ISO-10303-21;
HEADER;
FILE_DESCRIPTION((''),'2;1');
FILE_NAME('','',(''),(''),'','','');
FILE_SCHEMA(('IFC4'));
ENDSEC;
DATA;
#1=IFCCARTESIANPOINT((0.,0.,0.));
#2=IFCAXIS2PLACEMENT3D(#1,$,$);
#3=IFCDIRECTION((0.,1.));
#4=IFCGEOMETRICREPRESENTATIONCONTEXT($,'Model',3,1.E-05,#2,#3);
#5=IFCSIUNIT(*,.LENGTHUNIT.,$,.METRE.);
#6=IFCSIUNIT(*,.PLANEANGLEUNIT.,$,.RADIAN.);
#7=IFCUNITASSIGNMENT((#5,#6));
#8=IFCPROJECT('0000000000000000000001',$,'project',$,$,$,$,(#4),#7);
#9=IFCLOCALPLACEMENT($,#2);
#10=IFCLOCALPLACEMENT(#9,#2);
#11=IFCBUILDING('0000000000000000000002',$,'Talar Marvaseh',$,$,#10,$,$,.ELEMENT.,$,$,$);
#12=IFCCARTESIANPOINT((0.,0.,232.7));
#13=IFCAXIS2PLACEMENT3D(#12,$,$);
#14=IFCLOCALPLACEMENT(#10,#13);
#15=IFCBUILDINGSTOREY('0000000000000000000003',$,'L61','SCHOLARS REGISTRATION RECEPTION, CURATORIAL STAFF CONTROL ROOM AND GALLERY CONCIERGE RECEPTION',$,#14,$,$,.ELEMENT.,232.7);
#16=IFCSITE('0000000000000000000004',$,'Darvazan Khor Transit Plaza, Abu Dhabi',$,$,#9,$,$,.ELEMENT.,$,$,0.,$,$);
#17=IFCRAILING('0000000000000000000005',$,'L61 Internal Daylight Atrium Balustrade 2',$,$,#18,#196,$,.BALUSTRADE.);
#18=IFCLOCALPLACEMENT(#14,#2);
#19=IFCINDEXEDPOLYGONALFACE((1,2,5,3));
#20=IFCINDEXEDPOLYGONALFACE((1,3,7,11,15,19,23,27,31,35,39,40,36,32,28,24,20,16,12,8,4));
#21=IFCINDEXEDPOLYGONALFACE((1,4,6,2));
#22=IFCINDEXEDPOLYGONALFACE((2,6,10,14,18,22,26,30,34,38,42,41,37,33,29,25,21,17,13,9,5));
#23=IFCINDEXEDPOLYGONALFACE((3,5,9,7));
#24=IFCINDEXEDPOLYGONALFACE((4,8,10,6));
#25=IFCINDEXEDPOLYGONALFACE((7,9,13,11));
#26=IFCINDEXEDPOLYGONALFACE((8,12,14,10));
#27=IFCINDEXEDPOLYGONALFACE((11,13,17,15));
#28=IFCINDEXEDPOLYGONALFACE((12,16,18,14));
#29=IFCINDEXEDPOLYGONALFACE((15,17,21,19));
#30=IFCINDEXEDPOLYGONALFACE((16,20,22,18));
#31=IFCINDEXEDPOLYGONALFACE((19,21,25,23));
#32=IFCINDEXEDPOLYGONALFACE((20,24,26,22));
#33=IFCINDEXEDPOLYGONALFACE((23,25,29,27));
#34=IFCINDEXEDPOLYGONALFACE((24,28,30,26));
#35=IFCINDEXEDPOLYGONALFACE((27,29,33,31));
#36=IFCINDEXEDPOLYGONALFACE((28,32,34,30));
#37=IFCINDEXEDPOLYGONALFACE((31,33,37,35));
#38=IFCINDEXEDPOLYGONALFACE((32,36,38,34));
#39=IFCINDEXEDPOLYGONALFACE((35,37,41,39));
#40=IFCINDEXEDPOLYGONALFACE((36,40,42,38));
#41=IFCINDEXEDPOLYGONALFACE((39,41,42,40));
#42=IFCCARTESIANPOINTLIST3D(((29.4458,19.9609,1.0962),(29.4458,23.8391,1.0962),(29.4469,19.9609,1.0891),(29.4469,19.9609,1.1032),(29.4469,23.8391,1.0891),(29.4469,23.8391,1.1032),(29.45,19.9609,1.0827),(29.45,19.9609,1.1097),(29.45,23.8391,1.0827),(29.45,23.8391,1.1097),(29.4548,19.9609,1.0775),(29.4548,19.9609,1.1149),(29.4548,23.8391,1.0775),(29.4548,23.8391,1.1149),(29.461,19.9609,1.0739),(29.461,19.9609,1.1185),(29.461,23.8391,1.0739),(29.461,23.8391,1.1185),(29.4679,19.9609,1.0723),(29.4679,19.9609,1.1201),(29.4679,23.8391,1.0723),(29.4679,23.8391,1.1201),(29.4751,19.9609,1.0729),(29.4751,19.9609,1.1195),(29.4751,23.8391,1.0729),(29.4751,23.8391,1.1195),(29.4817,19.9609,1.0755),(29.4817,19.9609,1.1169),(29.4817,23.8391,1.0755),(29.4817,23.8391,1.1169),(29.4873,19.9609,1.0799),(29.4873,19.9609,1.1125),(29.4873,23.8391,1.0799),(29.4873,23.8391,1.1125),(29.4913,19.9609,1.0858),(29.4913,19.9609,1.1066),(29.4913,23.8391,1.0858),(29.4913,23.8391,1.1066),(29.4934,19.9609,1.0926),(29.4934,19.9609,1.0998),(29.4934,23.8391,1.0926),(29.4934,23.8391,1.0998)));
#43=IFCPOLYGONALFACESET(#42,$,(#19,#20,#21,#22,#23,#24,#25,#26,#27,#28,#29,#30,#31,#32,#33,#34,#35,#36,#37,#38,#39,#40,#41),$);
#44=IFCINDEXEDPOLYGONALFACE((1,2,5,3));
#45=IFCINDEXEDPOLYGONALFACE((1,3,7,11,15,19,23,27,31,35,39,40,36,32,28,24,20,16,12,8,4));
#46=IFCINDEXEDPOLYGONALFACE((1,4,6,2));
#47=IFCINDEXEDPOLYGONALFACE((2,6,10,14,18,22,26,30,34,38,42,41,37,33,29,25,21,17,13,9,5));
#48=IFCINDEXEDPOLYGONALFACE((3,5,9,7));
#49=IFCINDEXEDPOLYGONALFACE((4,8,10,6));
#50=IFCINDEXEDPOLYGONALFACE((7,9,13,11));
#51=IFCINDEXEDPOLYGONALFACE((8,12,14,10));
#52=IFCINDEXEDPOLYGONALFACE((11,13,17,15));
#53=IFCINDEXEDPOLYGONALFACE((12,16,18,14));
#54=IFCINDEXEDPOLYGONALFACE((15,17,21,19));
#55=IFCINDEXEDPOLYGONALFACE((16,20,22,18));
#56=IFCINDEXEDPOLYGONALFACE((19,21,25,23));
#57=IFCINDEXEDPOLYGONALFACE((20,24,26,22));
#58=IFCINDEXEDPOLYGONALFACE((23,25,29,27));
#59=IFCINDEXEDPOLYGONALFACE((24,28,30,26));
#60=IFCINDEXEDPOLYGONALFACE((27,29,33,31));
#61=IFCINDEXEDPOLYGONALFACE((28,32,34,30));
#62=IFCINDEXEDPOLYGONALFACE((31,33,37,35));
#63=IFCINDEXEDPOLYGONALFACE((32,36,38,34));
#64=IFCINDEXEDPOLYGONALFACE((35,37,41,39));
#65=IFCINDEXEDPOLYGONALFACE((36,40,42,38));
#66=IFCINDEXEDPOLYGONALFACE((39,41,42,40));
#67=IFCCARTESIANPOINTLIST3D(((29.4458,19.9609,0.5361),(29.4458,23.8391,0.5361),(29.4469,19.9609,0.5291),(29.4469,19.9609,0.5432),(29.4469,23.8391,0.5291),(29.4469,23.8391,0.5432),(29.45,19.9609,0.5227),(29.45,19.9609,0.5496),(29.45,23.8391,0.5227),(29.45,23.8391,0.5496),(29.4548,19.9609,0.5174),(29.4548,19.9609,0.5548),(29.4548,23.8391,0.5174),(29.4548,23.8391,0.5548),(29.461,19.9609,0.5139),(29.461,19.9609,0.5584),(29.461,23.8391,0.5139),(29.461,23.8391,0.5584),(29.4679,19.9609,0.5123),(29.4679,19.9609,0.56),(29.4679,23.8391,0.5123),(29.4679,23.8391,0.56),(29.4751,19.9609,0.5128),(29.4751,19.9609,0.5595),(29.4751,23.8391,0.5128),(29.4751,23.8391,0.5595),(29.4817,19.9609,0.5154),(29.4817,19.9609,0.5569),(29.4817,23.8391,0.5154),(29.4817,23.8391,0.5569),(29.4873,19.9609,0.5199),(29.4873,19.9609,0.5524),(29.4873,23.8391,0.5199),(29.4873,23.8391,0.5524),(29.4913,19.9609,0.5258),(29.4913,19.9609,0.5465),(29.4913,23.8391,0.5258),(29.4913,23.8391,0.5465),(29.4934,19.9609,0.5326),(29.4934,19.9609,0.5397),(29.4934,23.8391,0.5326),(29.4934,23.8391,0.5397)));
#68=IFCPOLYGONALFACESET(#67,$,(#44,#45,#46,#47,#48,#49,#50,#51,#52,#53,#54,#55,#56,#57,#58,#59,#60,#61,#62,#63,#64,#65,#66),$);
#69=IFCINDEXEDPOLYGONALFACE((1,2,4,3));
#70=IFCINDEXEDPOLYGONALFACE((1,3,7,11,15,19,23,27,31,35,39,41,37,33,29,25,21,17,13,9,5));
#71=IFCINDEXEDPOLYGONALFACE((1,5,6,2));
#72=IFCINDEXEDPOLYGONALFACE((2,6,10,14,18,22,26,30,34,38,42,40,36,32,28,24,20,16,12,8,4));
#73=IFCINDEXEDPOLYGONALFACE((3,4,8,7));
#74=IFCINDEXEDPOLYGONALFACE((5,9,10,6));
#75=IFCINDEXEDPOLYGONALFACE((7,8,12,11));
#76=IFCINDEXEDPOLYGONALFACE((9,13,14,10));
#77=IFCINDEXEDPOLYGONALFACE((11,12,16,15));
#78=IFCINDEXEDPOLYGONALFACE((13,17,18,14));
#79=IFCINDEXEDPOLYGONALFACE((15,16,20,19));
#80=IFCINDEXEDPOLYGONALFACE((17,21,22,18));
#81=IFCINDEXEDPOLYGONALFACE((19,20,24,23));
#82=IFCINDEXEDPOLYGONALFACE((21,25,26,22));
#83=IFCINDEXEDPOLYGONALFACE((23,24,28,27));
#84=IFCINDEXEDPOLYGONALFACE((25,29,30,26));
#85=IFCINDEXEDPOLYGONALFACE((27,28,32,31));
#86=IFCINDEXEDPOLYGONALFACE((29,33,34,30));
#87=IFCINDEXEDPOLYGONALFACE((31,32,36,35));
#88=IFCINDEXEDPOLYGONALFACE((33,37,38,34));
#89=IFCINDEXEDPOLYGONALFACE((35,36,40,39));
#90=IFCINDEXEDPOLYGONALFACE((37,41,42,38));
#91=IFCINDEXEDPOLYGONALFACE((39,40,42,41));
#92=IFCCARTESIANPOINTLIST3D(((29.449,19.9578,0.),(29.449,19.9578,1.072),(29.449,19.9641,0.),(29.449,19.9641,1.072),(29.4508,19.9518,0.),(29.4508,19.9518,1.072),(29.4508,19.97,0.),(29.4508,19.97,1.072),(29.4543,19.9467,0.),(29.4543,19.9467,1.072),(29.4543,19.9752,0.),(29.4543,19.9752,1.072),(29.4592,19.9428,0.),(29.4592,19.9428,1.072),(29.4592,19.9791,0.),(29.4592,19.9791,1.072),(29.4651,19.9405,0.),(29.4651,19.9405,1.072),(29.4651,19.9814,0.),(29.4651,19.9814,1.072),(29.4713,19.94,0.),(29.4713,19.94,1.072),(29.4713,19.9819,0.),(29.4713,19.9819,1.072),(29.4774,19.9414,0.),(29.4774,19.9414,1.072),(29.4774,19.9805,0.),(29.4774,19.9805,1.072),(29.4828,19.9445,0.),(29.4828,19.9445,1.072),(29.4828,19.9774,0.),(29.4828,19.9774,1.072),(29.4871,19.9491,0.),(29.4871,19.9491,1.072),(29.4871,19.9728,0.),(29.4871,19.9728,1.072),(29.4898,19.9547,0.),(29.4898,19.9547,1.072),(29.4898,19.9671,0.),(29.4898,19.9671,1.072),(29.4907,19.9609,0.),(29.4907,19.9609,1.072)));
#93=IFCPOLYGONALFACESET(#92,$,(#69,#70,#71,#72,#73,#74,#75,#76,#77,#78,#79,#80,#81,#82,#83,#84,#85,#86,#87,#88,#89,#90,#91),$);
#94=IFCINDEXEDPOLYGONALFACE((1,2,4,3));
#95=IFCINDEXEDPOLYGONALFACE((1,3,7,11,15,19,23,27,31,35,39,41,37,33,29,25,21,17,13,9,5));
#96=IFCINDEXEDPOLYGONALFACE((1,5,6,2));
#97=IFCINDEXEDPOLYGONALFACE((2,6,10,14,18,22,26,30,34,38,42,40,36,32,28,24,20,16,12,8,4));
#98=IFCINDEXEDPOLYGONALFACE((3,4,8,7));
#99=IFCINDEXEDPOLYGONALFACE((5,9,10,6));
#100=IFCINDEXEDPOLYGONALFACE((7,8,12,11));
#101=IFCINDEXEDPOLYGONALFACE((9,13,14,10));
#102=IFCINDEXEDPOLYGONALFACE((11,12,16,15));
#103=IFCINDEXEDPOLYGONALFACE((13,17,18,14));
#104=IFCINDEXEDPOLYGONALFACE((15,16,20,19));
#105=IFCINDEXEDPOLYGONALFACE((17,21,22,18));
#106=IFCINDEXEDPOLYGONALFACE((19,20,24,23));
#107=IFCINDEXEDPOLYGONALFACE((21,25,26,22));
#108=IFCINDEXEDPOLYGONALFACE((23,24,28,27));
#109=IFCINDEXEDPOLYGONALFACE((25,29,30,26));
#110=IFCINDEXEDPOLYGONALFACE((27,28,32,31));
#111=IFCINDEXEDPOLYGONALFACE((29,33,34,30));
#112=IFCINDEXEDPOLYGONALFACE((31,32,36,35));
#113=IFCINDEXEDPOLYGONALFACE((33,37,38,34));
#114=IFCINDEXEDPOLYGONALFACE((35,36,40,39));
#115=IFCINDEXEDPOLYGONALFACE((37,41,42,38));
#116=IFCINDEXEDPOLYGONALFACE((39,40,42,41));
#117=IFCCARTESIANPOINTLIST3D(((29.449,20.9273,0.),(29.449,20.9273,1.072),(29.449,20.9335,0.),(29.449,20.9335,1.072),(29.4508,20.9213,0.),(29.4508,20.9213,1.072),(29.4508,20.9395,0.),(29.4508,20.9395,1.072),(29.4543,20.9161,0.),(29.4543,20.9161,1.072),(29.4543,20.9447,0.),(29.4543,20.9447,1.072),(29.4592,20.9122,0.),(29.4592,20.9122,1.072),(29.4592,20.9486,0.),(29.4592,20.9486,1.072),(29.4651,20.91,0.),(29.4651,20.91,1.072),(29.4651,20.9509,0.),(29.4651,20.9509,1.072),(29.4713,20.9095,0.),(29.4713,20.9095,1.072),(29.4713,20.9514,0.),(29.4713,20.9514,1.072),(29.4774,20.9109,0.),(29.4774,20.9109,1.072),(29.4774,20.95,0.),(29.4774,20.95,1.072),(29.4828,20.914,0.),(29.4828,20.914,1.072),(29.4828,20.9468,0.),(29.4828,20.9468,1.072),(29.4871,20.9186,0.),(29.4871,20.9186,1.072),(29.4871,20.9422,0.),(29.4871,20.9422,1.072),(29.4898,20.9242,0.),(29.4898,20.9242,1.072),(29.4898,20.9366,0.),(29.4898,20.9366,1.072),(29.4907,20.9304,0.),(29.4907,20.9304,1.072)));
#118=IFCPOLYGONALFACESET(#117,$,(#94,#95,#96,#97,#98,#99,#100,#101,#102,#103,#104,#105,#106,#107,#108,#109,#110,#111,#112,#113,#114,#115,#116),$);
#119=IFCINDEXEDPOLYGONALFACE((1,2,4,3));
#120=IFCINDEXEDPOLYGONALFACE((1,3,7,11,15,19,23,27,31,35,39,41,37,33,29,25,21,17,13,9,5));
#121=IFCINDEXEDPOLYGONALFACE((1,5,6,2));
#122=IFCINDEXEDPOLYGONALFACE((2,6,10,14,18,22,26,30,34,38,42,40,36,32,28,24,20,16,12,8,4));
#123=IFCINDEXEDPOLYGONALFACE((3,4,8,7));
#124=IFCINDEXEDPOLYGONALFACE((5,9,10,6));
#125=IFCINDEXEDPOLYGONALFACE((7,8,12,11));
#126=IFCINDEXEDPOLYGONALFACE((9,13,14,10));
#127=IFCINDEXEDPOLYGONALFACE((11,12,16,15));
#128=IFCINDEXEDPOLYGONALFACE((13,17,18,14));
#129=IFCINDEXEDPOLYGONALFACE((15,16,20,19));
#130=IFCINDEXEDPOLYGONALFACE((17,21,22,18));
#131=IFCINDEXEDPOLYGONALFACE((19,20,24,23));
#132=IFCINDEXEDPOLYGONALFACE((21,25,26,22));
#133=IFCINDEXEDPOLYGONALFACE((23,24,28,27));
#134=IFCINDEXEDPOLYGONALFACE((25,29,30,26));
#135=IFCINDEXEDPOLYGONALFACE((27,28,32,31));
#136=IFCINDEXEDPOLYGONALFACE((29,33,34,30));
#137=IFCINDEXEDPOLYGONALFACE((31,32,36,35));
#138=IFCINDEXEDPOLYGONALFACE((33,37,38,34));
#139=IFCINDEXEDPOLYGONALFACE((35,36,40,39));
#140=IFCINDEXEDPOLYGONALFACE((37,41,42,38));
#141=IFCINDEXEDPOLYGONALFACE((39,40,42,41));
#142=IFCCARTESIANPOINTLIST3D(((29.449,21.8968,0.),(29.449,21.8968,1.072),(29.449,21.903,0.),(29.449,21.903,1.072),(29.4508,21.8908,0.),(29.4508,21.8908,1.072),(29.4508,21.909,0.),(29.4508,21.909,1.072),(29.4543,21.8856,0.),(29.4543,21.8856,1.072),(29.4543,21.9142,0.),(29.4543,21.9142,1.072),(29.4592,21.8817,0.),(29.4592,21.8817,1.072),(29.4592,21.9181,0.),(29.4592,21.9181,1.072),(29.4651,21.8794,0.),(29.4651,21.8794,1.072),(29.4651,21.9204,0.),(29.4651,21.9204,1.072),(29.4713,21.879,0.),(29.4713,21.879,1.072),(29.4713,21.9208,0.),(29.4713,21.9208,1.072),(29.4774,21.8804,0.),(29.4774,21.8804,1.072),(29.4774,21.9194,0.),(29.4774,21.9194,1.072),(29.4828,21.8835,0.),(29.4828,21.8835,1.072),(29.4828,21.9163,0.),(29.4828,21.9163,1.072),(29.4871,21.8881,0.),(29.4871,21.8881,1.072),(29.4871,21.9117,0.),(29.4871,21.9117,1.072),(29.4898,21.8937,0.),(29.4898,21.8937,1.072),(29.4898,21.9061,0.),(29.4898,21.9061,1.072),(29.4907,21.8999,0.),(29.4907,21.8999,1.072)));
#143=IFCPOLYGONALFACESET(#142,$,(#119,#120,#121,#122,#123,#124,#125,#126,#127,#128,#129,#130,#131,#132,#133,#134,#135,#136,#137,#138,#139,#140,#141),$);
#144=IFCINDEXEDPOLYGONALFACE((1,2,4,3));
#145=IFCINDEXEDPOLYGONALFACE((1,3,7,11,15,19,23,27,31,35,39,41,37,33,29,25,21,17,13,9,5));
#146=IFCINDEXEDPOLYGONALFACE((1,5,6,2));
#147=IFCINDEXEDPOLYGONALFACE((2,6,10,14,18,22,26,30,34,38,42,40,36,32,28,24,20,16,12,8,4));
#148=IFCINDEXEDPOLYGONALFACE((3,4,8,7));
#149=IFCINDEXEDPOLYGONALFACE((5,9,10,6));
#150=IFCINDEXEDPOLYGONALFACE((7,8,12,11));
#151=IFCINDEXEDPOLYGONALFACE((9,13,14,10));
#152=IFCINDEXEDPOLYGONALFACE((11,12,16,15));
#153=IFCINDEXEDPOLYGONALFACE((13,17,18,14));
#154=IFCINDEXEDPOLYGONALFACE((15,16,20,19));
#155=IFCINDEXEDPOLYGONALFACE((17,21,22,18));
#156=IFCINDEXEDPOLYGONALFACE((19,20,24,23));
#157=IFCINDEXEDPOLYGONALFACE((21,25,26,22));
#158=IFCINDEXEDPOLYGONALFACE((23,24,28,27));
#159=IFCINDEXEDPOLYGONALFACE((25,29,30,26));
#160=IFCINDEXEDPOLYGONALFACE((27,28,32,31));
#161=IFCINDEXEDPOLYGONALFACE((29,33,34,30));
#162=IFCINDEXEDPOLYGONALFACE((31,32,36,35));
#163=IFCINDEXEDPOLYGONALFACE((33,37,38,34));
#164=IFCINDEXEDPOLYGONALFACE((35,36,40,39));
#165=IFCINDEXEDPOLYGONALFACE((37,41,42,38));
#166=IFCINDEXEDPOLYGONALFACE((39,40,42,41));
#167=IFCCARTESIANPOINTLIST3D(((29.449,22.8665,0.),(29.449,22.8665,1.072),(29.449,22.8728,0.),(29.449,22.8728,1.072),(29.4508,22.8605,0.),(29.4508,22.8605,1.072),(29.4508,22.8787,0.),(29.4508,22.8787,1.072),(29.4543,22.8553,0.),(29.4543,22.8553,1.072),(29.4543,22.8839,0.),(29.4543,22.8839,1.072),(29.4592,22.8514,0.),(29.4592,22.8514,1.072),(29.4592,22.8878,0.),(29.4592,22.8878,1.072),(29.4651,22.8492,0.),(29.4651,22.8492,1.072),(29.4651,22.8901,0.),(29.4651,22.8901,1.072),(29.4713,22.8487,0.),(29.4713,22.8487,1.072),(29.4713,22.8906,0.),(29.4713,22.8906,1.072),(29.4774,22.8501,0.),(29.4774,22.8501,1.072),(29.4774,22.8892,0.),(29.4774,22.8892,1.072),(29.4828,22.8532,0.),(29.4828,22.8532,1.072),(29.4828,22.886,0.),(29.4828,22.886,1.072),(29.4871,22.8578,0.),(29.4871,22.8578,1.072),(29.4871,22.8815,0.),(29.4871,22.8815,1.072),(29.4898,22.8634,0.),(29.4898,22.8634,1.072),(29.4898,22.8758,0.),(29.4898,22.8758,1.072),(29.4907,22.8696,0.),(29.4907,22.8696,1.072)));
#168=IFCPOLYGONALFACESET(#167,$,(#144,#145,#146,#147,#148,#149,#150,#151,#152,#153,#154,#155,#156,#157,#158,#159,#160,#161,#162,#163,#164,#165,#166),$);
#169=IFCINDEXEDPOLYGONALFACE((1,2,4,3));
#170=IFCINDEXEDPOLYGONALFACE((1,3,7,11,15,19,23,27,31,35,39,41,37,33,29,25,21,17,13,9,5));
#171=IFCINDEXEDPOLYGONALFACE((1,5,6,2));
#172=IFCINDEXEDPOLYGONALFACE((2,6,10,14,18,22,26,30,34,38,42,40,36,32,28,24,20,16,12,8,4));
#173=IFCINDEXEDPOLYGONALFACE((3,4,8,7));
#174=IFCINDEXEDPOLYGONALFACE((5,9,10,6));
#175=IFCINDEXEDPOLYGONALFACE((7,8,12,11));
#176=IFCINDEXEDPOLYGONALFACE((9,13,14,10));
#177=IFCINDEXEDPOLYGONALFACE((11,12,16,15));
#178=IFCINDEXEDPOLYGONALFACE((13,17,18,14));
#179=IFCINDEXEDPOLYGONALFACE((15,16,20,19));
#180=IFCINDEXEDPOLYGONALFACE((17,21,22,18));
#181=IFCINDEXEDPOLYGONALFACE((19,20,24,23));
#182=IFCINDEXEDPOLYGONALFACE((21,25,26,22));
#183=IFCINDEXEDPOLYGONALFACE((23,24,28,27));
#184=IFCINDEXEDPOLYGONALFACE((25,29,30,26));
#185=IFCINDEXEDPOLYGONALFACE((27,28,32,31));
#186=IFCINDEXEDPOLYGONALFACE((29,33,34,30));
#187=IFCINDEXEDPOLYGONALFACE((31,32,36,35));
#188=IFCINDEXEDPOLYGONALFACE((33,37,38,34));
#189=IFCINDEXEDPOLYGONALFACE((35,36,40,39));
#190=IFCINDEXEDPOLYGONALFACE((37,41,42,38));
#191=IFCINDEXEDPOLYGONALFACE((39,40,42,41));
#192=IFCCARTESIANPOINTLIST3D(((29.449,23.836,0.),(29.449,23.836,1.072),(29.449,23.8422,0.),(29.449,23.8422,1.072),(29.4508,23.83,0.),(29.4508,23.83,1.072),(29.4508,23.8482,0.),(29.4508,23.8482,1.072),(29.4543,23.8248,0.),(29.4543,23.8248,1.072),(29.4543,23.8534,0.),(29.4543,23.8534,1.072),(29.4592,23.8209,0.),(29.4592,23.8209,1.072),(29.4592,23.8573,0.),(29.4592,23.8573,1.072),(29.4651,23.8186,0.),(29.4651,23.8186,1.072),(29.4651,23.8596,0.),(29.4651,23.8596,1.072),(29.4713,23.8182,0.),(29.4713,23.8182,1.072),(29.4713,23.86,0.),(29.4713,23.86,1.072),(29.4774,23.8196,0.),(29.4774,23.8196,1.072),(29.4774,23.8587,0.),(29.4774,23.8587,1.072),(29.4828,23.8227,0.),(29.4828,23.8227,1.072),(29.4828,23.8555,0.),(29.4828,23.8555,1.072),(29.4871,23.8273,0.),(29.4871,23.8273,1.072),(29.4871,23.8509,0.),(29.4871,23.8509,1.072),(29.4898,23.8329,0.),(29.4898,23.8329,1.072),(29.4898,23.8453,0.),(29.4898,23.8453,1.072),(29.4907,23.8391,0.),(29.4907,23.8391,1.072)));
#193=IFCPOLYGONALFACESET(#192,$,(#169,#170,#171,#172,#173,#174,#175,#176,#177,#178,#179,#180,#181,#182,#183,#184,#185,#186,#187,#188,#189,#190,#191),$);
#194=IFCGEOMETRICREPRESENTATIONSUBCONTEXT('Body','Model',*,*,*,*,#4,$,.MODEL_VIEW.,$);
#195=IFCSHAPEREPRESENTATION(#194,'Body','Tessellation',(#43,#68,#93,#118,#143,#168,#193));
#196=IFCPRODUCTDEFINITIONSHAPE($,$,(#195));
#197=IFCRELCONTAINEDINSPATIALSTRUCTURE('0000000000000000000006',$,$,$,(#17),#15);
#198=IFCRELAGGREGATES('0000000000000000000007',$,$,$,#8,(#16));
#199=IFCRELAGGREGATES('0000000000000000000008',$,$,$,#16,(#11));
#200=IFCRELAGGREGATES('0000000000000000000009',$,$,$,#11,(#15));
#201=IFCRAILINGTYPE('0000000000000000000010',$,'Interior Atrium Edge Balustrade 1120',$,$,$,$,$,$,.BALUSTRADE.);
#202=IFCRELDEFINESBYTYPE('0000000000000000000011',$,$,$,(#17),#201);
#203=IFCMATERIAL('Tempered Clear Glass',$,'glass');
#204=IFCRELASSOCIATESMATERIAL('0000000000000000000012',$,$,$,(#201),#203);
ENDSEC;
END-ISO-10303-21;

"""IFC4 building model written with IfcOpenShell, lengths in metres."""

from ifc_helpers import new_model, si_unit, direction, frame, origin, origin_2d, place, context, subcontext, project, spatial, circle, extrude, material, type_object, element, save


model = new_model("IFC4")

# Units and contexts
model_context = context("Model", 3, precision=1e-05, world=origin(), true_north=direction((0.0, 1.0)))
body_context = subcontext(model_context, "Body", "Model", "MODEL_VIEW")
ifc_project = project(units=[si_unit("LENGTHUNIT", "METRE"), si_unit("PLANEANGLEUNIT", "RADIAN")], contexts=[model_context])

# Site, building, storey
site_placement = place(None, origin())
site = spatial("IfcSite", under=ifc_project, at=site_placement, Name="Darvazan Khor Transit Plaza, Abu Dhabi", CompositionType="ELEMENT", RefElevation=0.0)
building_placement = place(site_placement, origin())
building = spatial("IfcBuilding", under=site, at=building_placement, Name="Talar Marvaseh", CompositionType="ELEMENT")
storey_placement = place(building_placement, frame((0.0, 0.0, 232.7)))
storey = spatial("IfcBuildingStorey", under=building, at=storey_placement, Name="L61", Description="SCHOLARS REGISTRATION RECEPTION, CURATORIAL STAFF CONTROL ROOM AND GALLERY CONCIERGE RECEPTION", CompositionType="ELEMENT", Elevation=232.7)

# Railing
ifc_material_1 = material(Name="Tempered Clear Glass", Category="glass")
railing_type = type_object("IfcRailingType", Name="Interior Atrium Edge Balustrade 1120", PredefinedType="BALUSTRADE", material=ifc_material_1)
railing_1_placement = place(storey_placement, frame((29.4697, 19.9609, 0.0)))
element("IfcRailing", 1, at=railing_1_placement, inside=storey, type_object=railing_type, Name="L61 Internal Daylight Atrium Balustrade 2", PredefinedType="BALUSTRADE", context=body_context, shape_type="SweptSolid", body=[
    extrude(circle(Radius=0.0239, at=origin_2d()), frame((0.0, 0.0, 1.0962), z_axis=(0.0, 1.0, 0.0), x_axis=(-1.0, 0.0, 0.0)), (0.0, 0.0, 1.0), 3.8782),
    extrude(circle(Radius=0.0239, at=origin_2d()), frame((0.0, 0.0, 0.5361), z_axis=(0.0, 1.0, 0.0), x_axis=(-1.0, 0.0, 0.0)), (0.0, 0.0, 1.0), 3.8782),
    extrude(circle(Radius=0.021, at=origin_2d()), origin(), (0.0, 0.0, 1.0), 1.072),
    extrude(circle(Radius=0.021, at=origin_2d()), frame((0.0, 0.9695, 0.0)), (0.0, 0.0, 1.0), 1.072),
    extrude(circle(Radius=0.021, at=origin_2d()), frame((0.0, 1.939, 0.0)), (0.0, 0.0, 1.0), 1.072),
    extrude(circle(Radius=0.021, at=origin_2d()), frame((0.0, 2.9087, 0.0)), (0.0, 0.0, 1.0), 1.072),
    extrude(circle(Radius=0.021, at=origin_2d()), frame((0.0, 3.8782, 0.0)), (0.0, 0.0, 1.0), 1.072),
])

save(model, "model.ifc")
